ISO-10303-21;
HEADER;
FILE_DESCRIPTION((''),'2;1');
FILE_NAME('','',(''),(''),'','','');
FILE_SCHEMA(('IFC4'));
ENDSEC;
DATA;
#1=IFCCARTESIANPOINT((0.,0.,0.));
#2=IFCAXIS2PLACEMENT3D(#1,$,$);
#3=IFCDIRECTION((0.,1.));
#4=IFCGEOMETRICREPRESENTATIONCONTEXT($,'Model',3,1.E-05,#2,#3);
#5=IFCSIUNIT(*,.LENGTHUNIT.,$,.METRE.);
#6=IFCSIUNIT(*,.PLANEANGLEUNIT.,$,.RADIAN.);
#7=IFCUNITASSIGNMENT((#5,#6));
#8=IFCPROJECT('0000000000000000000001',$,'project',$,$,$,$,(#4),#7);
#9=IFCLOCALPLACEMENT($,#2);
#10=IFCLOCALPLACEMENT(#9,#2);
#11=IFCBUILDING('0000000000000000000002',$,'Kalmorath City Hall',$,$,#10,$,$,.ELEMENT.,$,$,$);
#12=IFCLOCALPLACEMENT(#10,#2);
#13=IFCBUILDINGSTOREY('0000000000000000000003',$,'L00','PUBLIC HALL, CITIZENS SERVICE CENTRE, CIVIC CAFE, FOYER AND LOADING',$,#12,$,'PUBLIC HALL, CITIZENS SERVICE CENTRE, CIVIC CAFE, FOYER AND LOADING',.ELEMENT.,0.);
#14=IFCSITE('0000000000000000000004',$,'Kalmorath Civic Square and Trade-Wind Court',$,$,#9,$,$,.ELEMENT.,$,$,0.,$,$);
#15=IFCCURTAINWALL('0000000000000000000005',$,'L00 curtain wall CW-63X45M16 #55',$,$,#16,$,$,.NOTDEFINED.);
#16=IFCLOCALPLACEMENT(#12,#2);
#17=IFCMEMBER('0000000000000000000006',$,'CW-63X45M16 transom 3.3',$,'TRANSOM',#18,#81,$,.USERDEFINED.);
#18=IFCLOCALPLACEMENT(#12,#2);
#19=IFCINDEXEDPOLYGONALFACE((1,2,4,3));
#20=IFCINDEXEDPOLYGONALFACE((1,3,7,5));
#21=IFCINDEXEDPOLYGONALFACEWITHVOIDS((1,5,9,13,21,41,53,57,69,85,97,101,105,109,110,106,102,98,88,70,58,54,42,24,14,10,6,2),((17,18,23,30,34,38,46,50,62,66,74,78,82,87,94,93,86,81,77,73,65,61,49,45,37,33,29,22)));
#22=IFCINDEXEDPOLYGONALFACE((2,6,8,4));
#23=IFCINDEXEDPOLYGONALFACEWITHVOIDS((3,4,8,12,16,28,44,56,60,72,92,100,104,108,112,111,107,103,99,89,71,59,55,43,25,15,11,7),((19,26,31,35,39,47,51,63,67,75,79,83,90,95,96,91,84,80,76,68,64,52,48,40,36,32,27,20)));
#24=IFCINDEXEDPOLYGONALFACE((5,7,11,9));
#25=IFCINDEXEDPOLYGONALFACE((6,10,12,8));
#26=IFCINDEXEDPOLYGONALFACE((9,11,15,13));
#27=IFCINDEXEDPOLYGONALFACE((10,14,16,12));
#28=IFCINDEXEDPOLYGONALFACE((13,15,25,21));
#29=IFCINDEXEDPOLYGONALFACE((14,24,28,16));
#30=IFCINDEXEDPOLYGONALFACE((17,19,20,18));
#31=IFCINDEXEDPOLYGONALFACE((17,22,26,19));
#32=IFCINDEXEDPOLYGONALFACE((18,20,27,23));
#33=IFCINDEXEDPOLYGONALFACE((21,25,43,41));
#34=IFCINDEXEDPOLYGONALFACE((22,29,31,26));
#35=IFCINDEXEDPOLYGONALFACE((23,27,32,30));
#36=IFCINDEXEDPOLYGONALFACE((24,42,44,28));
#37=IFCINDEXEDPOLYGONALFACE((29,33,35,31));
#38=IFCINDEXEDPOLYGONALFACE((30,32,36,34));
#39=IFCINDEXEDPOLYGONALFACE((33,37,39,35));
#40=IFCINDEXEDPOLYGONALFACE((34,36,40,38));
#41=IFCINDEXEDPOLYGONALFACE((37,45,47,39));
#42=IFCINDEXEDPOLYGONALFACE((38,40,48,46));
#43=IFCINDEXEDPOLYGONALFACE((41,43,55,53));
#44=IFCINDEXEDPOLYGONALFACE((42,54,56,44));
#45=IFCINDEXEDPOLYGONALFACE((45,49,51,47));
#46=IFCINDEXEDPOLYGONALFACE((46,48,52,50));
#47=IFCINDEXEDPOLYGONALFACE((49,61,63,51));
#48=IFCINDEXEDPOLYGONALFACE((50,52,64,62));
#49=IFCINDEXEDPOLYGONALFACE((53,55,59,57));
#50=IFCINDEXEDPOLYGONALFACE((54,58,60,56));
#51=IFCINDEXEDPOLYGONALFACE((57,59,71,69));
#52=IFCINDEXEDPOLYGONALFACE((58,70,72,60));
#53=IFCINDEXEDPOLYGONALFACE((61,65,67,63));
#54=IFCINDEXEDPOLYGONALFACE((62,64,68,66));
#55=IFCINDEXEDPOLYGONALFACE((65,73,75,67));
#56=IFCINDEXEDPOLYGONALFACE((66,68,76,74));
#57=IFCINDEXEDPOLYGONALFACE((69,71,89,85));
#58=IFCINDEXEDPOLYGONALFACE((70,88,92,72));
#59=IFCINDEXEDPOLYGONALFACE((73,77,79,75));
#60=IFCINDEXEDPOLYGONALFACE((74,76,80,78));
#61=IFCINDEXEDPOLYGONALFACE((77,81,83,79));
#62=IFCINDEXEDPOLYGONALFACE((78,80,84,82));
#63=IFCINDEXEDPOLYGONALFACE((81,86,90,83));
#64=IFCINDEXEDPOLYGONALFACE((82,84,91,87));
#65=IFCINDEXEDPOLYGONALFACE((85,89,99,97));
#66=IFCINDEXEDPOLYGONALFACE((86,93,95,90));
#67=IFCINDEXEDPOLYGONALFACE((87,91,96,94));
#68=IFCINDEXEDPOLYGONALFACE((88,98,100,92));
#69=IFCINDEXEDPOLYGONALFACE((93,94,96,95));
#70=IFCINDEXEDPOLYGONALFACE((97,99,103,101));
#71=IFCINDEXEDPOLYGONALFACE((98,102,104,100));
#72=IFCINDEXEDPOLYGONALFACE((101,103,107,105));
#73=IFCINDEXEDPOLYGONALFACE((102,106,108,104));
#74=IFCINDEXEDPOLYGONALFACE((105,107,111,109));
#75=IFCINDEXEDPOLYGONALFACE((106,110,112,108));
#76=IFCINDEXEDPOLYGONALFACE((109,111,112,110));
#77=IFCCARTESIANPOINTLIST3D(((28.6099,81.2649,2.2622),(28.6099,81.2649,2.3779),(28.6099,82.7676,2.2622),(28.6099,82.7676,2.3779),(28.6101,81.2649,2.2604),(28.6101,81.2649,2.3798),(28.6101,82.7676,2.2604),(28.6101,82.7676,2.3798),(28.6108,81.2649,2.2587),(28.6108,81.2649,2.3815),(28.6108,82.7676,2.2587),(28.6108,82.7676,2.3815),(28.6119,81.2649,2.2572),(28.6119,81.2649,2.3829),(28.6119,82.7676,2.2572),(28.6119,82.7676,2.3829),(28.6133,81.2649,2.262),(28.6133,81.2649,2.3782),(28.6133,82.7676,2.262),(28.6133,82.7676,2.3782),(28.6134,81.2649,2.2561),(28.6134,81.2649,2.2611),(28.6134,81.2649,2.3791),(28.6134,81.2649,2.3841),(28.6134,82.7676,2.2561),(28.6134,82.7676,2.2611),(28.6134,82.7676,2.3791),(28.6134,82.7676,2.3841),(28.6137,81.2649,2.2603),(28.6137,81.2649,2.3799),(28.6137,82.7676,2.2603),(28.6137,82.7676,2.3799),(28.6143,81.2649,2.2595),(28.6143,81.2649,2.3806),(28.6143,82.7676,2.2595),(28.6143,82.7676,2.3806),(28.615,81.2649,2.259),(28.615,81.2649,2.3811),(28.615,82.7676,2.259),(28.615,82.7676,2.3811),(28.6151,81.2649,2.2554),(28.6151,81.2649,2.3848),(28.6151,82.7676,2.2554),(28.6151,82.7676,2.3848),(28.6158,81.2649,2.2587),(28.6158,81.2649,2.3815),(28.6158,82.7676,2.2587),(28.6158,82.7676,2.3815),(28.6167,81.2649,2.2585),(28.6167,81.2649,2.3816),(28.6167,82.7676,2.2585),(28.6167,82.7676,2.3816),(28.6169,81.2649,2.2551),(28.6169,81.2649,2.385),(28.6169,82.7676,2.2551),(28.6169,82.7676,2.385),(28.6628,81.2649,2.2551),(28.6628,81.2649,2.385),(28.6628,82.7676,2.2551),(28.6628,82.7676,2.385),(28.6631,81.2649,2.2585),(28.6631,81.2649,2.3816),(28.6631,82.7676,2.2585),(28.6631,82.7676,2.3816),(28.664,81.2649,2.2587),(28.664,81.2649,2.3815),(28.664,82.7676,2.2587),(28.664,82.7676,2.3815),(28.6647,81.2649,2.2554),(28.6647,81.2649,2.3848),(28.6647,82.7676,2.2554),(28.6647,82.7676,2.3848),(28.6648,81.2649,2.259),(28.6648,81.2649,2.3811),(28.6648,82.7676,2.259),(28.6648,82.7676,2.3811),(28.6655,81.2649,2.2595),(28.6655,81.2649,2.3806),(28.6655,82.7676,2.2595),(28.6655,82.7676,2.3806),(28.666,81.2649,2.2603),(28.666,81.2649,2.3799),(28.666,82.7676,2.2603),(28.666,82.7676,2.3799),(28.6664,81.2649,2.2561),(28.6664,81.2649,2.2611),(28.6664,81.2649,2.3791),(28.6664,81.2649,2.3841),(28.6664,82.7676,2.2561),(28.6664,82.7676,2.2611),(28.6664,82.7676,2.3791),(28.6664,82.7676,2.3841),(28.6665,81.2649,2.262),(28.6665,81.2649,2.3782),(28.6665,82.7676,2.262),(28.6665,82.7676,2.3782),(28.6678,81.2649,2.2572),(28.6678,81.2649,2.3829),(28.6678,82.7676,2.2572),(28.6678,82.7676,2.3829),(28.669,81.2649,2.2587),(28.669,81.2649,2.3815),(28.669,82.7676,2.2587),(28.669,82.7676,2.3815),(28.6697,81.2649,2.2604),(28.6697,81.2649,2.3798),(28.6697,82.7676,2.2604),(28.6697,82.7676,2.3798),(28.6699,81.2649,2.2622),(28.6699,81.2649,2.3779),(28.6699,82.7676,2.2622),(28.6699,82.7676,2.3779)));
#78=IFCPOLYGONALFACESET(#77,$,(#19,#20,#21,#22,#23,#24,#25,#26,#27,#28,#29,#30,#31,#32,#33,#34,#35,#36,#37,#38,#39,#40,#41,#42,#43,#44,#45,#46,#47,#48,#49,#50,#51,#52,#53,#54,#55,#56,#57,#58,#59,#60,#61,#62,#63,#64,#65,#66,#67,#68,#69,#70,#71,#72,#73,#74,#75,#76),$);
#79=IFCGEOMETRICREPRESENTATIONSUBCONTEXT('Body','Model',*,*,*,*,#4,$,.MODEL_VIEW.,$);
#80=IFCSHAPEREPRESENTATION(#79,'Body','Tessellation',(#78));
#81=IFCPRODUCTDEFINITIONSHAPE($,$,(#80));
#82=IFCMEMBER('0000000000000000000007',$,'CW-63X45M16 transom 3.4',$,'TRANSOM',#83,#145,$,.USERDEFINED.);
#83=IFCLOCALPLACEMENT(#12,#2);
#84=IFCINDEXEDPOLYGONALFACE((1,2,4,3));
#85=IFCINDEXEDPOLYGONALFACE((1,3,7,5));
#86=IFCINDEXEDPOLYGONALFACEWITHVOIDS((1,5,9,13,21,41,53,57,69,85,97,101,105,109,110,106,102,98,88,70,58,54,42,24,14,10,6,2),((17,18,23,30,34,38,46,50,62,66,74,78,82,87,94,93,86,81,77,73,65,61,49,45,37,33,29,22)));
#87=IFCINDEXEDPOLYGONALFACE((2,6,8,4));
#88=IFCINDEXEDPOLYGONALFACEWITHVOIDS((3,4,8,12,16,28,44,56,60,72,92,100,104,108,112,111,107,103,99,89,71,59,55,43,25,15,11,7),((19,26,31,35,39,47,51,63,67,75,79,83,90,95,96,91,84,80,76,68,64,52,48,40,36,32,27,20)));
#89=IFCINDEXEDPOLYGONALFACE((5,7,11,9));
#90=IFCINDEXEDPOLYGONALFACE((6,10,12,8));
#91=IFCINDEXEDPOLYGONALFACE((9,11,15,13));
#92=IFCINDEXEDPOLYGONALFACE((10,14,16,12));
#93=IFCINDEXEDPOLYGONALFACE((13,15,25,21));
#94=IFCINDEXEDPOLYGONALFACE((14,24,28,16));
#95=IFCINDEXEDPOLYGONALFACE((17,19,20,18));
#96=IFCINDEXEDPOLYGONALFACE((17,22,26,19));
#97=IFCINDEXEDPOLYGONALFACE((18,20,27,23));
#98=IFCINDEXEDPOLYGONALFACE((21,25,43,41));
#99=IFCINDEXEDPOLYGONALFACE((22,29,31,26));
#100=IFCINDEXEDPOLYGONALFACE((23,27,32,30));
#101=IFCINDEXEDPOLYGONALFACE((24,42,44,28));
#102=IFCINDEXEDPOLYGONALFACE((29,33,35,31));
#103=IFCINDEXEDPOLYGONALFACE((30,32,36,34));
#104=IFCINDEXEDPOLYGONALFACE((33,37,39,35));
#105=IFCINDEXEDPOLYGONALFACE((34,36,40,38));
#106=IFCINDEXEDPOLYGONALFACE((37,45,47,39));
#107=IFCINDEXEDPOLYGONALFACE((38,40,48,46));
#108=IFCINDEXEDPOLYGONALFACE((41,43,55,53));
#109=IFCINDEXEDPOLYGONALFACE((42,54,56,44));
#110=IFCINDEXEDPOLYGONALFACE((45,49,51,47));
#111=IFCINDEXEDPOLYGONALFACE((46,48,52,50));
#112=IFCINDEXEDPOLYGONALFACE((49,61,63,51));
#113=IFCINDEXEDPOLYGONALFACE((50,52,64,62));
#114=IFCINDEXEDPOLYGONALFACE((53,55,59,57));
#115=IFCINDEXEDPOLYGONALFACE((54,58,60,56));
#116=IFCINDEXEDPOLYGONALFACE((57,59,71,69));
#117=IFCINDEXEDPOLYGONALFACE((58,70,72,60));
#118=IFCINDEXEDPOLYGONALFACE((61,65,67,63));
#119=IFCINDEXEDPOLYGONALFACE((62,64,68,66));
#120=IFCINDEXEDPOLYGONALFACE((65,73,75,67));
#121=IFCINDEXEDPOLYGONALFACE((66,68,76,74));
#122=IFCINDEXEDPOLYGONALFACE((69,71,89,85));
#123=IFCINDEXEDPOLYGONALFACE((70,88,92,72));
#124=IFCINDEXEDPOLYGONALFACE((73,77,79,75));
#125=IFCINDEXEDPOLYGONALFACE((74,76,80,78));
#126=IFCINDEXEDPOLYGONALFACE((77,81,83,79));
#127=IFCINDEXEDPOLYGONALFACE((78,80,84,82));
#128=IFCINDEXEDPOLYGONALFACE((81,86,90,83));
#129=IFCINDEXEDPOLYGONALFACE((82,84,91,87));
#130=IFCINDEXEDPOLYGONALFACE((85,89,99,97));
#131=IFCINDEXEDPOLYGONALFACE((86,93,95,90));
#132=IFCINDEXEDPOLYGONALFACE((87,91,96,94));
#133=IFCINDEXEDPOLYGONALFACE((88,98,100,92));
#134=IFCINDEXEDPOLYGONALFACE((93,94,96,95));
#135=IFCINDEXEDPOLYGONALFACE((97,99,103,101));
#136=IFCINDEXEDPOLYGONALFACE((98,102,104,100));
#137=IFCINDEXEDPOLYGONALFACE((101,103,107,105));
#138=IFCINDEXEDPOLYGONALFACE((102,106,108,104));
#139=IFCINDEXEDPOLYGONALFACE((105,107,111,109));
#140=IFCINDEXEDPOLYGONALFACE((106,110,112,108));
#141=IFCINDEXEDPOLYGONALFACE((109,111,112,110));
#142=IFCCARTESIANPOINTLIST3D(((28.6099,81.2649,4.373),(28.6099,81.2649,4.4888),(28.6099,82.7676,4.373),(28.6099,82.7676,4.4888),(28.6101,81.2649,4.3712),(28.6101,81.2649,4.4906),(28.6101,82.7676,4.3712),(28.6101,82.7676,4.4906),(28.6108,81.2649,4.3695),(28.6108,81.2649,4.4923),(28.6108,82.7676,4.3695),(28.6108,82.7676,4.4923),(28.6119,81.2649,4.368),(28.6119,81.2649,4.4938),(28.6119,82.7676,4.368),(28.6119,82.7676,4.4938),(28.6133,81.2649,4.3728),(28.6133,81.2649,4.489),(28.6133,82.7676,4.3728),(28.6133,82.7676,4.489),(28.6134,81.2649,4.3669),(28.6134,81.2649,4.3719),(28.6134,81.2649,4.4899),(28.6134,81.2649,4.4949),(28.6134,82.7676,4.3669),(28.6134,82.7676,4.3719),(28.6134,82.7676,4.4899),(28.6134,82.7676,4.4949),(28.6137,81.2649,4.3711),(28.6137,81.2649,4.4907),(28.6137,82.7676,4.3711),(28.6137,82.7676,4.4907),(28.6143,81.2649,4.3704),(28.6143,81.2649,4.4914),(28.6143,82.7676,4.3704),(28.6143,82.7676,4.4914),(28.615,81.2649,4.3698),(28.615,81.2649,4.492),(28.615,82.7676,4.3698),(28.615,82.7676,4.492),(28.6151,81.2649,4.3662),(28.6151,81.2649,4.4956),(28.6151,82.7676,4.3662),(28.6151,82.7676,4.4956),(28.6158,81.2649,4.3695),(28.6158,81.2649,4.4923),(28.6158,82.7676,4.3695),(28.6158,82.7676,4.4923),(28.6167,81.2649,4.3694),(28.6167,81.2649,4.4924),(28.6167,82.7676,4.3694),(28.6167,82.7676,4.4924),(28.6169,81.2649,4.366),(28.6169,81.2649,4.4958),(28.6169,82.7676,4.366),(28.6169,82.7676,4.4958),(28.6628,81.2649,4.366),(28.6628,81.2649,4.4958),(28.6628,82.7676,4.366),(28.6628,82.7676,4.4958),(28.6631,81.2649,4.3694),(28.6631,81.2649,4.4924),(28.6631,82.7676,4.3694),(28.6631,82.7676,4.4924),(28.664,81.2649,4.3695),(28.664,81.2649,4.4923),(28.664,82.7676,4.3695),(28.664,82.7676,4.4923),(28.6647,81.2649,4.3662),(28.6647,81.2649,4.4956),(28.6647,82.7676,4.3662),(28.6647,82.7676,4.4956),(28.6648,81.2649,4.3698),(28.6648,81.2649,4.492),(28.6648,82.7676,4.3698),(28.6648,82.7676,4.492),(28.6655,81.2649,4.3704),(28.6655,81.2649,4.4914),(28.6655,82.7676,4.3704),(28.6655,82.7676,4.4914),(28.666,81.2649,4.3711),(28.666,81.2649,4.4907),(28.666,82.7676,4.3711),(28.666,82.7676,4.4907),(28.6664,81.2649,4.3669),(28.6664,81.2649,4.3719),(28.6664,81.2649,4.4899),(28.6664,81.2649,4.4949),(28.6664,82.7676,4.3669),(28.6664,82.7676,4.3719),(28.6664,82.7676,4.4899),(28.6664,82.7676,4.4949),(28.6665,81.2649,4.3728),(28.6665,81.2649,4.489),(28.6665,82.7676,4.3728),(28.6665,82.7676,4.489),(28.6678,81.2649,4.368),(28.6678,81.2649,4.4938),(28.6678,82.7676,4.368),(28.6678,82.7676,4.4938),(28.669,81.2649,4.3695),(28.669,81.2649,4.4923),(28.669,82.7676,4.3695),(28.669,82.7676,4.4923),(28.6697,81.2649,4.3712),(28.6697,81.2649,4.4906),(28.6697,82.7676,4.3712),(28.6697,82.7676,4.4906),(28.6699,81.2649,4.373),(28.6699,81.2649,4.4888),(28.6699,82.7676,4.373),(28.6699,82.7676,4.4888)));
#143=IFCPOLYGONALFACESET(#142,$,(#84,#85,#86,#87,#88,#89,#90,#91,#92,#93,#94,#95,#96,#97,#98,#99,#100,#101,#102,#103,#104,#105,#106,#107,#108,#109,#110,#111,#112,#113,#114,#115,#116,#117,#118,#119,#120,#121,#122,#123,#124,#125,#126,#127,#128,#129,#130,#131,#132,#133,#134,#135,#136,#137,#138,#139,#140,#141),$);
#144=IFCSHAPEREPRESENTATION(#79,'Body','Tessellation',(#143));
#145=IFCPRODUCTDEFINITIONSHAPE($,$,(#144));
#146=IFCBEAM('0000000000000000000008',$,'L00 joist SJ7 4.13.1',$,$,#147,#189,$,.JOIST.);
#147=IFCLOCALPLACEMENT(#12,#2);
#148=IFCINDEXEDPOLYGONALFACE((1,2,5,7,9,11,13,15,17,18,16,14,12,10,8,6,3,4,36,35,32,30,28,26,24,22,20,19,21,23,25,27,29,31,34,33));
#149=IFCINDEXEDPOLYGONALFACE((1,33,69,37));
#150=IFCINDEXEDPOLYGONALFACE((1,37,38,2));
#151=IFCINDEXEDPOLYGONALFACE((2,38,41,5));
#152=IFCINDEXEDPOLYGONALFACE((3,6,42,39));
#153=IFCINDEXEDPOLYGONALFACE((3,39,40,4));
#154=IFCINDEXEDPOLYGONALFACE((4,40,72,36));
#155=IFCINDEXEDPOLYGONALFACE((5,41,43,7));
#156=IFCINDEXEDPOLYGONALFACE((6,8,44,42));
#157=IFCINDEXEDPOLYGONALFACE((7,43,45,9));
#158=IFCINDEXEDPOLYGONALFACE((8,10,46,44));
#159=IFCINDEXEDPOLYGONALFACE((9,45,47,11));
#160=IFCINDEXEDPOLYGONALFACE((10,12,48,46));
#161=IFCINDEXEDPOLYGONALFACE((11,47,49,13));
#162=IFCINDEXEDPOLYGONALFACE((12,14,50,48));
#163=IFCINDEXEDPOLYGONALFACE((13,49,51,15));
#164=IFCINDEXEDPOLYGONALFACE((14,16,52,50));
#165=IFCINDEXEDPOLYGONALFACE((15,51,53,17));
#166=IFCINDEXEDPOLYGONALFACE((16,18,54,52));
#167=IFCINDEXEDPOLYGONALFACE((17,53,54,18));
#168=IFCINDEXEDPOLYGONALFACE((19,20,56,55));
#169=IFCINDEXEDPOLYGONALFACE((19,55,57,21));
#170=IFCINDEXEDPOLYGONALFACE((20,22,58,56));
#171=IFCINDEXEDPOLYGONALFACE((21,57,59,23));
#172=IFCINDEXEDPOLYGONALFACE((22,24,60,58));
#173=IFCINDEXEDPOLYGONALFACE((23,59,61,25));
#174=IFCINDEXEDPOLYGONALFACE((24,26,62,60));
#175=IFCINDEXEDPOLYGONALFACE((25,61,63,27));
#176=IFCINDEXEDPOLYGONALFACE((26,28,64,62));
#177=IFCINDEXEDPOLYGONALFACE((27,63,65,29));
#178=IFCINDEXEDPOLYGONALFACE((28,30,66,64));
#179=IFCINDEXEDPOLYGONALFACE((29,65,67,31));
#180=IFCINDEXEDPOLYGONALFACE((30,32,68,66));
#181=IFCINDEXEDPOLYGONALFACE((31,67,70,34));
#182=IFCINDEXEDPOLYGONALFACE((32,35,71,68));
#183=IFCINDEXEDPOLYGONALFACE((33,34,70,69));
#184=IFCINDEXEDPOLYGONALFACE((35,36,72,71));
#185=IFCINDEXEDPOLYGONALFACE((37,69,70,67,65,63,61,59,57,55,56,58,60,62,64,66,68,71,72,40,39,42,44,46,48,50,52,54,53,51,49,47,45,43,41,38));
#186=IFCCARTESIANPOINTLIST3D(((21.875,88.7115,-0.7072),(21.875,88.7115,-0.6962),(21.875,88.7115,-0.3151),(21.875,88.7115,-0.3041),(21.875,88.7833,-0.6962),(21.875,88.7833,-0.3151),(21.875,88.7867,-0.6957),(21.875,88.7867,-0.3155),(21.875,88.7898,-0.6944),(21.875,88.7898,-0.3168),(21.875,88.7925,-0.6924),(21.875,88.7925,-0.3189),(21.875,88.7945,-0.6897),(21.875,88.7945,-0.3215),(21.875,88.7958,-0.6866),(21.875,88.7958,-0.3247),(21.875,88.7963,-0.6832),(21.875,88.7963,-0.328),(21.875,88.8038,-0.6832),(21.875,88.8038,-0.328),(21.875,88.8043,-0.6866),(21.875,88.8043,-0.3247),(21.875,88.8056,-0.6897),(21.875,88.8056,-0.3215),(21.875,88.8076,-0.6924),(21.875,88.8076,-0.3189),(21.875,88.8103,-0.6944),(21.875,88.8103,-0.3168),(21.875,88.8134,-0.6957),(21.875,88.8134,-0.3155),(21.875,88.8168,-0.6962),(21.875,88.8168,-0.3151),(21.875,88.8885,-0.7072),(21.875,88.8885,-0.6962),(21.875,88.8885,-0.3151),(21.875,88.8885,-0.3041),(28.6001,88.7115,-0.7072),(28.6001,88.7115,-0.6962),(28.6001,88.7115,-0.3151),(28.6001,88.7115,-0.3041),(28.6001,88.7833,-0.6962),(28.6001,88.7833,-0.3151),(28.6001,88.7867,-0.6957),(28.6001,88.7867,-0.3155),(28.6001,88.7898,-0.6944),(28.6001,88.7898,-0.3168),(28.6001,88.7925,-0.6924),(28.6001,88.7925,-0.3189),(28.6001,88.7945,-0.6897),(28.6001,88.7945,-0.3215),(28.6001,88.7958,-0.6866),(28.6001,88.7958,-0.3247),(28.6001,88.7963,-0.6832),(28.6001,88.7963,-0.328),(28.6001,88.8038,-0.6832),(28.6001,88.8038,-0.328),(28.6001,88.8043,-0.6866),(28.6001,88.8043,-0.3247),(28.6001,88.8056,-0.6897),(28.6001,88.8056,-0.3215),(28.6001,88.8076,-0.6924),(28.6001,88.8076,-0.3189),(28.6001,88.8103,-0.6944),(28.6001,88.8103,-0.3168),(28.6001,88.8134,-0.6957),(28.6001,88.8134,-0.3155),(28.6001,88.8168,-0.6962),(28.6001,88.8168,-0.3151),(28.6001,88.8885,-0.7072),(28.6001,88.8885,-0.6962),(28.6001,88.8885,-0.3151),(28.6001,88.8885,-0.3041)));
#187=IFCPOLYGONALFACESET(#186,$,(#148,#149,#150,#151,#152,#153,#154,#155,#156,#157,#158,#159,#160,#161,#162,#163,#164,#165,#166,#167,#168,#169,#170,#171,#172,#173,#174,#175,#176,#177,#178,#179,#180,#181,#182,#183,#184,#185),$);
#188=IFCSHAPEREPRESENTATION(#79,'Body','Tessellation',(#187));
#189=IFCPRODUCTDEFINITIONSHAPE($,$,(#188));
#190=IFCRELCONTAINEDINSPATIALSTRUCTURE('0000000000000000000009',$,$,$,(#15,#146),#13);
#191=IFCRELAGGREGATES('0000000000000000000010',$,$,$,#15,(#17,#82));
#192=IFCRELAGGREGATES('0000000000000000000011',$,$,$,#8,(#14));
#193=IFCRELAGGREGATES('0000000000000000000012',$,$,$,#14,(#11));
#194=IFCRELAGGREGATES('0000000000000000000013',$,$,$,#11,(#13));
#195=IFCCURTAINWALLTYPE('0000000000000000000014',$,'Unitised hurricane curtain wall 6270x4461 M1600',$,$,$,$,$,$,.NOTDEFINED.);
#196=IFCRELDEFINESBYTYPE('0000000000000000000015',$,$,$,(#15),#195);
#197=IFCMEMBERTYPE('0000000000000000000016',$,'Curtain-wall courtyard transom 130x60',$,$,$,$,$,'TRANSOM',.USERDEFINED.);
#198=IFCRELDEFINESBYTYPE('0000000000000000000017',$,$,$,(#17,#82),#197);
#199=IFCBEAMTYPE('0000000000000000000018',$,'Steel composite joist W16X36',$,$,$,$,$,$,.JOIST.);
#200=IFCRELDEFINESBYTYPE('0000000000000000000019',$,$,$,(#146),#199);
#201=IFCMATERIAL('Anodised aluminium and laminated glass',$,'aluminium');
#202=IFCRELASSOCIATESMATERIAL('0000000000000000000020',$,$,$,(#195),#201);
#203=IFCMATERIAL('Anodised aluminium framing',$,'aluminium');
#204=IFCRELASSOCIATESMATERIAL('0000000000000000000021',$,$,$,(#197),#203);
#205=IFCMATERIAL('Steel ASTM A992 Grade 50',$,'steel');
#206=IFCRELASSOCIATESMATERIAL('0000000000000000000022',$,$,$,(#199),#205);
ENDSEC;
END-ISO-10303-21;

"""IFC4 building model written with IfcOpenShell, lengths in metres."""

from ifc_helpers import new_model, si_unit, direction, frame, origin, origin_2d, place, context, subcontext, project, spatial, hollow_rectangle, i_section, extrude, material, material_profile, profile_set, type_object, element, aggregate, save


model = new_model("IFC4")

# Units and contexts
model_context = context("Model", 3, precision=1e-05, world=origin(), true_north=direction((0.0, 1.0)))
body_context = subcontext(model_context, "Body", "Model", "MODEL_VIEW")
ifc_project = project(units=[si_unit("LENGTHUNIT", "METRE"), si_unit("PLANEANGLEUNIT", "RADIAN")], contexts=[model_context])

# Site, building, storey
site_placement = place(None, origin())
site = spatial("IfcSite", under=ifc_project, at=site_placement, Name="Kalmorath Civic Square and Trade-Wind Court", CompositionType="ELEMENT", RefElevation=0.0)
building_placement = place(site_placement, origin())
building = spatial("IfcBuilding", under=site, at=building_placement, Name="Kalmorath City Hall", CompositionType="ELEMENT")
storey_placement = place(building_placement, origin())
storey = spatial("IfcBuildingStorey", under=building, at=storey_placement, Name="L00", Description="PUBLIC HALL, CITIZENS SERVICE CENTRE, CIVIC CAFE, FOYER AND LOADING", LongName="PUBLIC HALL, CITIZENS SERVICE CENTRE, CIVIC CAFE, FOYER AND LOADING", CompositionType="ELEMENT", Elevation=0.0)

# Curtain wall, members
ifc_material_1 = material(Name="Anodised aluminium and laminated glass", Category="aluminium")
curtain_wall_type = type_object("IfcCurtainWallType", Name="Unitised hurricane curtain wall 6270x4461 M1600", PredefinedType="NOTDEFINED", material=ifc_material_1)
curtain_wall_placement = place(storey_placement, origin())
curtain_wall = element("IfcCurtainWall", 1, at=curtain_wall_placement, inside=storey, type_object=curtain_wall_type, Name="L00 curtain wall CW-63X45M16 #55", PredefinedType="NOTDEFINED")
ifc_material_2 = material(Name="Anodised aluminium framing", Category="aluminium")
ifc_material_profile_1 = material_profile(ifc_material_2, hollow_rectangle(XDim=0.0601, YDim=0.1299, WallThickness=0.0034, InnerFilletRadius=0.0034, OuterFilletRadius=0.0071, at=origin_2d()), Name="ALU-TRN-130X60X3.5")
ifc_profile_set_1 = profile_set([ifc_material_profile_1], Name="Anodised aluminium framing")
member_type_1 = type_object("IfcMemberType", Name="Curtain-wall courtyard transom 130x60", ElementType="TRANSOM", PredefinedType="USERDEFINED", material=ifc_profile_set_1)
member_1_placement = place(storey_placement, frame((28.6399, 82.7676, 2.3201), z_axis=(0.0, -1.0, 0.0), x_axis=(1.0, 0.0, 0.0)))
member_1 = element("IfcMember", 2, at=member_1_placement, type_object=member_type_1, Name="CW-63X45M16 transom 3.3", ObjectType="TRANSOM", PredefinedType="USERDEFINED", context=body_context, shape_type="SweptSolid", body=[
    extrude(hollow_rectangle(XDim=0.0601, YDim=0.1299, WallThickness=0.0034, InnerFilletRadius=0.0034, OuterFilletRadius=0.0071, at=origin_2d()), origin(), (0.0, 0.0, 1.0), 1.5027),
])
member_2_placement = place(storey_placement, frame((28.6399, 82.7676, 4.4309), z_axis=(0.0, -1.0, 0.0), x_axis=(1.0, 0.0, 0.0)))
member_2 = element("IfcMember", 3, at=member_2_placement, type_object=member_type_1, Name="CW-63X45M16 transom 3.4", ObjectType="TRANSOM", PredefinedType="USERDEFINED", context=body_context, shape_type="SweptSolid", body=[
    extrude(hollow_rectangle(XDim=0.0601, YDim=0.1299, WallThickness=0.0034, InnerFilletRadius=0.0034, OuterFilletRadius=0.0071, at=origin_2d()), origin(), (0.0, 0.0, 1.0), 1.5027),
])

# Beam
ifc_material_3 = material(Name="Steel ASTM A992 Grade 50", Category="steel")
ifc_material_profile_2 = material_profile(ifc_material_3, i_section(OverallWidth=0.177, OverallDepth=0.4031, WebThickness=0.0076, FlangeThickness=0.011, FilletRadius=0.0129, at=origin_2d()), Name="W16X36")
ifc_profile_set_2 = profile_set([ifc_material_profile_2], Name="Steel ASTM A992 Grade 50")
beam_type_1 = type_object("IfcBeamType", Name="Steel composite joist W16X36", PredefinedType="JOIST", material=ifc_profile_set_2)
for number, where, z_axis, x_axis, name in (
    (4, (21.875, 88.8, -0.5056), (1.0, 0.0, 0.0), (0.0, 1.0, 0.0), "L00 joist SJ7 4.13.1"),
):
    element("IfcBeam", number, at=place(storey_placement, frame(where, z_axis=z_axis, x_axis=x_axis)), inside=storey, type_object=beam_type_1, Name=name, PredefinedType="JOIST", context=body_context, shape_type="SweptSolid", body=[
        extrude(i_section(OverallWidth=0.177, OverallDepth=0.4031, WebThickness=0.0076, FlangeThickness=0.011, FilletRadius=0.0129, at=origin_2d()), origin(), (0.0, 0.0, 1.0), 6.7251),
    ])

aggregate(curtain_wall, [member_1, member_2])

save(model, "model.ifc")
